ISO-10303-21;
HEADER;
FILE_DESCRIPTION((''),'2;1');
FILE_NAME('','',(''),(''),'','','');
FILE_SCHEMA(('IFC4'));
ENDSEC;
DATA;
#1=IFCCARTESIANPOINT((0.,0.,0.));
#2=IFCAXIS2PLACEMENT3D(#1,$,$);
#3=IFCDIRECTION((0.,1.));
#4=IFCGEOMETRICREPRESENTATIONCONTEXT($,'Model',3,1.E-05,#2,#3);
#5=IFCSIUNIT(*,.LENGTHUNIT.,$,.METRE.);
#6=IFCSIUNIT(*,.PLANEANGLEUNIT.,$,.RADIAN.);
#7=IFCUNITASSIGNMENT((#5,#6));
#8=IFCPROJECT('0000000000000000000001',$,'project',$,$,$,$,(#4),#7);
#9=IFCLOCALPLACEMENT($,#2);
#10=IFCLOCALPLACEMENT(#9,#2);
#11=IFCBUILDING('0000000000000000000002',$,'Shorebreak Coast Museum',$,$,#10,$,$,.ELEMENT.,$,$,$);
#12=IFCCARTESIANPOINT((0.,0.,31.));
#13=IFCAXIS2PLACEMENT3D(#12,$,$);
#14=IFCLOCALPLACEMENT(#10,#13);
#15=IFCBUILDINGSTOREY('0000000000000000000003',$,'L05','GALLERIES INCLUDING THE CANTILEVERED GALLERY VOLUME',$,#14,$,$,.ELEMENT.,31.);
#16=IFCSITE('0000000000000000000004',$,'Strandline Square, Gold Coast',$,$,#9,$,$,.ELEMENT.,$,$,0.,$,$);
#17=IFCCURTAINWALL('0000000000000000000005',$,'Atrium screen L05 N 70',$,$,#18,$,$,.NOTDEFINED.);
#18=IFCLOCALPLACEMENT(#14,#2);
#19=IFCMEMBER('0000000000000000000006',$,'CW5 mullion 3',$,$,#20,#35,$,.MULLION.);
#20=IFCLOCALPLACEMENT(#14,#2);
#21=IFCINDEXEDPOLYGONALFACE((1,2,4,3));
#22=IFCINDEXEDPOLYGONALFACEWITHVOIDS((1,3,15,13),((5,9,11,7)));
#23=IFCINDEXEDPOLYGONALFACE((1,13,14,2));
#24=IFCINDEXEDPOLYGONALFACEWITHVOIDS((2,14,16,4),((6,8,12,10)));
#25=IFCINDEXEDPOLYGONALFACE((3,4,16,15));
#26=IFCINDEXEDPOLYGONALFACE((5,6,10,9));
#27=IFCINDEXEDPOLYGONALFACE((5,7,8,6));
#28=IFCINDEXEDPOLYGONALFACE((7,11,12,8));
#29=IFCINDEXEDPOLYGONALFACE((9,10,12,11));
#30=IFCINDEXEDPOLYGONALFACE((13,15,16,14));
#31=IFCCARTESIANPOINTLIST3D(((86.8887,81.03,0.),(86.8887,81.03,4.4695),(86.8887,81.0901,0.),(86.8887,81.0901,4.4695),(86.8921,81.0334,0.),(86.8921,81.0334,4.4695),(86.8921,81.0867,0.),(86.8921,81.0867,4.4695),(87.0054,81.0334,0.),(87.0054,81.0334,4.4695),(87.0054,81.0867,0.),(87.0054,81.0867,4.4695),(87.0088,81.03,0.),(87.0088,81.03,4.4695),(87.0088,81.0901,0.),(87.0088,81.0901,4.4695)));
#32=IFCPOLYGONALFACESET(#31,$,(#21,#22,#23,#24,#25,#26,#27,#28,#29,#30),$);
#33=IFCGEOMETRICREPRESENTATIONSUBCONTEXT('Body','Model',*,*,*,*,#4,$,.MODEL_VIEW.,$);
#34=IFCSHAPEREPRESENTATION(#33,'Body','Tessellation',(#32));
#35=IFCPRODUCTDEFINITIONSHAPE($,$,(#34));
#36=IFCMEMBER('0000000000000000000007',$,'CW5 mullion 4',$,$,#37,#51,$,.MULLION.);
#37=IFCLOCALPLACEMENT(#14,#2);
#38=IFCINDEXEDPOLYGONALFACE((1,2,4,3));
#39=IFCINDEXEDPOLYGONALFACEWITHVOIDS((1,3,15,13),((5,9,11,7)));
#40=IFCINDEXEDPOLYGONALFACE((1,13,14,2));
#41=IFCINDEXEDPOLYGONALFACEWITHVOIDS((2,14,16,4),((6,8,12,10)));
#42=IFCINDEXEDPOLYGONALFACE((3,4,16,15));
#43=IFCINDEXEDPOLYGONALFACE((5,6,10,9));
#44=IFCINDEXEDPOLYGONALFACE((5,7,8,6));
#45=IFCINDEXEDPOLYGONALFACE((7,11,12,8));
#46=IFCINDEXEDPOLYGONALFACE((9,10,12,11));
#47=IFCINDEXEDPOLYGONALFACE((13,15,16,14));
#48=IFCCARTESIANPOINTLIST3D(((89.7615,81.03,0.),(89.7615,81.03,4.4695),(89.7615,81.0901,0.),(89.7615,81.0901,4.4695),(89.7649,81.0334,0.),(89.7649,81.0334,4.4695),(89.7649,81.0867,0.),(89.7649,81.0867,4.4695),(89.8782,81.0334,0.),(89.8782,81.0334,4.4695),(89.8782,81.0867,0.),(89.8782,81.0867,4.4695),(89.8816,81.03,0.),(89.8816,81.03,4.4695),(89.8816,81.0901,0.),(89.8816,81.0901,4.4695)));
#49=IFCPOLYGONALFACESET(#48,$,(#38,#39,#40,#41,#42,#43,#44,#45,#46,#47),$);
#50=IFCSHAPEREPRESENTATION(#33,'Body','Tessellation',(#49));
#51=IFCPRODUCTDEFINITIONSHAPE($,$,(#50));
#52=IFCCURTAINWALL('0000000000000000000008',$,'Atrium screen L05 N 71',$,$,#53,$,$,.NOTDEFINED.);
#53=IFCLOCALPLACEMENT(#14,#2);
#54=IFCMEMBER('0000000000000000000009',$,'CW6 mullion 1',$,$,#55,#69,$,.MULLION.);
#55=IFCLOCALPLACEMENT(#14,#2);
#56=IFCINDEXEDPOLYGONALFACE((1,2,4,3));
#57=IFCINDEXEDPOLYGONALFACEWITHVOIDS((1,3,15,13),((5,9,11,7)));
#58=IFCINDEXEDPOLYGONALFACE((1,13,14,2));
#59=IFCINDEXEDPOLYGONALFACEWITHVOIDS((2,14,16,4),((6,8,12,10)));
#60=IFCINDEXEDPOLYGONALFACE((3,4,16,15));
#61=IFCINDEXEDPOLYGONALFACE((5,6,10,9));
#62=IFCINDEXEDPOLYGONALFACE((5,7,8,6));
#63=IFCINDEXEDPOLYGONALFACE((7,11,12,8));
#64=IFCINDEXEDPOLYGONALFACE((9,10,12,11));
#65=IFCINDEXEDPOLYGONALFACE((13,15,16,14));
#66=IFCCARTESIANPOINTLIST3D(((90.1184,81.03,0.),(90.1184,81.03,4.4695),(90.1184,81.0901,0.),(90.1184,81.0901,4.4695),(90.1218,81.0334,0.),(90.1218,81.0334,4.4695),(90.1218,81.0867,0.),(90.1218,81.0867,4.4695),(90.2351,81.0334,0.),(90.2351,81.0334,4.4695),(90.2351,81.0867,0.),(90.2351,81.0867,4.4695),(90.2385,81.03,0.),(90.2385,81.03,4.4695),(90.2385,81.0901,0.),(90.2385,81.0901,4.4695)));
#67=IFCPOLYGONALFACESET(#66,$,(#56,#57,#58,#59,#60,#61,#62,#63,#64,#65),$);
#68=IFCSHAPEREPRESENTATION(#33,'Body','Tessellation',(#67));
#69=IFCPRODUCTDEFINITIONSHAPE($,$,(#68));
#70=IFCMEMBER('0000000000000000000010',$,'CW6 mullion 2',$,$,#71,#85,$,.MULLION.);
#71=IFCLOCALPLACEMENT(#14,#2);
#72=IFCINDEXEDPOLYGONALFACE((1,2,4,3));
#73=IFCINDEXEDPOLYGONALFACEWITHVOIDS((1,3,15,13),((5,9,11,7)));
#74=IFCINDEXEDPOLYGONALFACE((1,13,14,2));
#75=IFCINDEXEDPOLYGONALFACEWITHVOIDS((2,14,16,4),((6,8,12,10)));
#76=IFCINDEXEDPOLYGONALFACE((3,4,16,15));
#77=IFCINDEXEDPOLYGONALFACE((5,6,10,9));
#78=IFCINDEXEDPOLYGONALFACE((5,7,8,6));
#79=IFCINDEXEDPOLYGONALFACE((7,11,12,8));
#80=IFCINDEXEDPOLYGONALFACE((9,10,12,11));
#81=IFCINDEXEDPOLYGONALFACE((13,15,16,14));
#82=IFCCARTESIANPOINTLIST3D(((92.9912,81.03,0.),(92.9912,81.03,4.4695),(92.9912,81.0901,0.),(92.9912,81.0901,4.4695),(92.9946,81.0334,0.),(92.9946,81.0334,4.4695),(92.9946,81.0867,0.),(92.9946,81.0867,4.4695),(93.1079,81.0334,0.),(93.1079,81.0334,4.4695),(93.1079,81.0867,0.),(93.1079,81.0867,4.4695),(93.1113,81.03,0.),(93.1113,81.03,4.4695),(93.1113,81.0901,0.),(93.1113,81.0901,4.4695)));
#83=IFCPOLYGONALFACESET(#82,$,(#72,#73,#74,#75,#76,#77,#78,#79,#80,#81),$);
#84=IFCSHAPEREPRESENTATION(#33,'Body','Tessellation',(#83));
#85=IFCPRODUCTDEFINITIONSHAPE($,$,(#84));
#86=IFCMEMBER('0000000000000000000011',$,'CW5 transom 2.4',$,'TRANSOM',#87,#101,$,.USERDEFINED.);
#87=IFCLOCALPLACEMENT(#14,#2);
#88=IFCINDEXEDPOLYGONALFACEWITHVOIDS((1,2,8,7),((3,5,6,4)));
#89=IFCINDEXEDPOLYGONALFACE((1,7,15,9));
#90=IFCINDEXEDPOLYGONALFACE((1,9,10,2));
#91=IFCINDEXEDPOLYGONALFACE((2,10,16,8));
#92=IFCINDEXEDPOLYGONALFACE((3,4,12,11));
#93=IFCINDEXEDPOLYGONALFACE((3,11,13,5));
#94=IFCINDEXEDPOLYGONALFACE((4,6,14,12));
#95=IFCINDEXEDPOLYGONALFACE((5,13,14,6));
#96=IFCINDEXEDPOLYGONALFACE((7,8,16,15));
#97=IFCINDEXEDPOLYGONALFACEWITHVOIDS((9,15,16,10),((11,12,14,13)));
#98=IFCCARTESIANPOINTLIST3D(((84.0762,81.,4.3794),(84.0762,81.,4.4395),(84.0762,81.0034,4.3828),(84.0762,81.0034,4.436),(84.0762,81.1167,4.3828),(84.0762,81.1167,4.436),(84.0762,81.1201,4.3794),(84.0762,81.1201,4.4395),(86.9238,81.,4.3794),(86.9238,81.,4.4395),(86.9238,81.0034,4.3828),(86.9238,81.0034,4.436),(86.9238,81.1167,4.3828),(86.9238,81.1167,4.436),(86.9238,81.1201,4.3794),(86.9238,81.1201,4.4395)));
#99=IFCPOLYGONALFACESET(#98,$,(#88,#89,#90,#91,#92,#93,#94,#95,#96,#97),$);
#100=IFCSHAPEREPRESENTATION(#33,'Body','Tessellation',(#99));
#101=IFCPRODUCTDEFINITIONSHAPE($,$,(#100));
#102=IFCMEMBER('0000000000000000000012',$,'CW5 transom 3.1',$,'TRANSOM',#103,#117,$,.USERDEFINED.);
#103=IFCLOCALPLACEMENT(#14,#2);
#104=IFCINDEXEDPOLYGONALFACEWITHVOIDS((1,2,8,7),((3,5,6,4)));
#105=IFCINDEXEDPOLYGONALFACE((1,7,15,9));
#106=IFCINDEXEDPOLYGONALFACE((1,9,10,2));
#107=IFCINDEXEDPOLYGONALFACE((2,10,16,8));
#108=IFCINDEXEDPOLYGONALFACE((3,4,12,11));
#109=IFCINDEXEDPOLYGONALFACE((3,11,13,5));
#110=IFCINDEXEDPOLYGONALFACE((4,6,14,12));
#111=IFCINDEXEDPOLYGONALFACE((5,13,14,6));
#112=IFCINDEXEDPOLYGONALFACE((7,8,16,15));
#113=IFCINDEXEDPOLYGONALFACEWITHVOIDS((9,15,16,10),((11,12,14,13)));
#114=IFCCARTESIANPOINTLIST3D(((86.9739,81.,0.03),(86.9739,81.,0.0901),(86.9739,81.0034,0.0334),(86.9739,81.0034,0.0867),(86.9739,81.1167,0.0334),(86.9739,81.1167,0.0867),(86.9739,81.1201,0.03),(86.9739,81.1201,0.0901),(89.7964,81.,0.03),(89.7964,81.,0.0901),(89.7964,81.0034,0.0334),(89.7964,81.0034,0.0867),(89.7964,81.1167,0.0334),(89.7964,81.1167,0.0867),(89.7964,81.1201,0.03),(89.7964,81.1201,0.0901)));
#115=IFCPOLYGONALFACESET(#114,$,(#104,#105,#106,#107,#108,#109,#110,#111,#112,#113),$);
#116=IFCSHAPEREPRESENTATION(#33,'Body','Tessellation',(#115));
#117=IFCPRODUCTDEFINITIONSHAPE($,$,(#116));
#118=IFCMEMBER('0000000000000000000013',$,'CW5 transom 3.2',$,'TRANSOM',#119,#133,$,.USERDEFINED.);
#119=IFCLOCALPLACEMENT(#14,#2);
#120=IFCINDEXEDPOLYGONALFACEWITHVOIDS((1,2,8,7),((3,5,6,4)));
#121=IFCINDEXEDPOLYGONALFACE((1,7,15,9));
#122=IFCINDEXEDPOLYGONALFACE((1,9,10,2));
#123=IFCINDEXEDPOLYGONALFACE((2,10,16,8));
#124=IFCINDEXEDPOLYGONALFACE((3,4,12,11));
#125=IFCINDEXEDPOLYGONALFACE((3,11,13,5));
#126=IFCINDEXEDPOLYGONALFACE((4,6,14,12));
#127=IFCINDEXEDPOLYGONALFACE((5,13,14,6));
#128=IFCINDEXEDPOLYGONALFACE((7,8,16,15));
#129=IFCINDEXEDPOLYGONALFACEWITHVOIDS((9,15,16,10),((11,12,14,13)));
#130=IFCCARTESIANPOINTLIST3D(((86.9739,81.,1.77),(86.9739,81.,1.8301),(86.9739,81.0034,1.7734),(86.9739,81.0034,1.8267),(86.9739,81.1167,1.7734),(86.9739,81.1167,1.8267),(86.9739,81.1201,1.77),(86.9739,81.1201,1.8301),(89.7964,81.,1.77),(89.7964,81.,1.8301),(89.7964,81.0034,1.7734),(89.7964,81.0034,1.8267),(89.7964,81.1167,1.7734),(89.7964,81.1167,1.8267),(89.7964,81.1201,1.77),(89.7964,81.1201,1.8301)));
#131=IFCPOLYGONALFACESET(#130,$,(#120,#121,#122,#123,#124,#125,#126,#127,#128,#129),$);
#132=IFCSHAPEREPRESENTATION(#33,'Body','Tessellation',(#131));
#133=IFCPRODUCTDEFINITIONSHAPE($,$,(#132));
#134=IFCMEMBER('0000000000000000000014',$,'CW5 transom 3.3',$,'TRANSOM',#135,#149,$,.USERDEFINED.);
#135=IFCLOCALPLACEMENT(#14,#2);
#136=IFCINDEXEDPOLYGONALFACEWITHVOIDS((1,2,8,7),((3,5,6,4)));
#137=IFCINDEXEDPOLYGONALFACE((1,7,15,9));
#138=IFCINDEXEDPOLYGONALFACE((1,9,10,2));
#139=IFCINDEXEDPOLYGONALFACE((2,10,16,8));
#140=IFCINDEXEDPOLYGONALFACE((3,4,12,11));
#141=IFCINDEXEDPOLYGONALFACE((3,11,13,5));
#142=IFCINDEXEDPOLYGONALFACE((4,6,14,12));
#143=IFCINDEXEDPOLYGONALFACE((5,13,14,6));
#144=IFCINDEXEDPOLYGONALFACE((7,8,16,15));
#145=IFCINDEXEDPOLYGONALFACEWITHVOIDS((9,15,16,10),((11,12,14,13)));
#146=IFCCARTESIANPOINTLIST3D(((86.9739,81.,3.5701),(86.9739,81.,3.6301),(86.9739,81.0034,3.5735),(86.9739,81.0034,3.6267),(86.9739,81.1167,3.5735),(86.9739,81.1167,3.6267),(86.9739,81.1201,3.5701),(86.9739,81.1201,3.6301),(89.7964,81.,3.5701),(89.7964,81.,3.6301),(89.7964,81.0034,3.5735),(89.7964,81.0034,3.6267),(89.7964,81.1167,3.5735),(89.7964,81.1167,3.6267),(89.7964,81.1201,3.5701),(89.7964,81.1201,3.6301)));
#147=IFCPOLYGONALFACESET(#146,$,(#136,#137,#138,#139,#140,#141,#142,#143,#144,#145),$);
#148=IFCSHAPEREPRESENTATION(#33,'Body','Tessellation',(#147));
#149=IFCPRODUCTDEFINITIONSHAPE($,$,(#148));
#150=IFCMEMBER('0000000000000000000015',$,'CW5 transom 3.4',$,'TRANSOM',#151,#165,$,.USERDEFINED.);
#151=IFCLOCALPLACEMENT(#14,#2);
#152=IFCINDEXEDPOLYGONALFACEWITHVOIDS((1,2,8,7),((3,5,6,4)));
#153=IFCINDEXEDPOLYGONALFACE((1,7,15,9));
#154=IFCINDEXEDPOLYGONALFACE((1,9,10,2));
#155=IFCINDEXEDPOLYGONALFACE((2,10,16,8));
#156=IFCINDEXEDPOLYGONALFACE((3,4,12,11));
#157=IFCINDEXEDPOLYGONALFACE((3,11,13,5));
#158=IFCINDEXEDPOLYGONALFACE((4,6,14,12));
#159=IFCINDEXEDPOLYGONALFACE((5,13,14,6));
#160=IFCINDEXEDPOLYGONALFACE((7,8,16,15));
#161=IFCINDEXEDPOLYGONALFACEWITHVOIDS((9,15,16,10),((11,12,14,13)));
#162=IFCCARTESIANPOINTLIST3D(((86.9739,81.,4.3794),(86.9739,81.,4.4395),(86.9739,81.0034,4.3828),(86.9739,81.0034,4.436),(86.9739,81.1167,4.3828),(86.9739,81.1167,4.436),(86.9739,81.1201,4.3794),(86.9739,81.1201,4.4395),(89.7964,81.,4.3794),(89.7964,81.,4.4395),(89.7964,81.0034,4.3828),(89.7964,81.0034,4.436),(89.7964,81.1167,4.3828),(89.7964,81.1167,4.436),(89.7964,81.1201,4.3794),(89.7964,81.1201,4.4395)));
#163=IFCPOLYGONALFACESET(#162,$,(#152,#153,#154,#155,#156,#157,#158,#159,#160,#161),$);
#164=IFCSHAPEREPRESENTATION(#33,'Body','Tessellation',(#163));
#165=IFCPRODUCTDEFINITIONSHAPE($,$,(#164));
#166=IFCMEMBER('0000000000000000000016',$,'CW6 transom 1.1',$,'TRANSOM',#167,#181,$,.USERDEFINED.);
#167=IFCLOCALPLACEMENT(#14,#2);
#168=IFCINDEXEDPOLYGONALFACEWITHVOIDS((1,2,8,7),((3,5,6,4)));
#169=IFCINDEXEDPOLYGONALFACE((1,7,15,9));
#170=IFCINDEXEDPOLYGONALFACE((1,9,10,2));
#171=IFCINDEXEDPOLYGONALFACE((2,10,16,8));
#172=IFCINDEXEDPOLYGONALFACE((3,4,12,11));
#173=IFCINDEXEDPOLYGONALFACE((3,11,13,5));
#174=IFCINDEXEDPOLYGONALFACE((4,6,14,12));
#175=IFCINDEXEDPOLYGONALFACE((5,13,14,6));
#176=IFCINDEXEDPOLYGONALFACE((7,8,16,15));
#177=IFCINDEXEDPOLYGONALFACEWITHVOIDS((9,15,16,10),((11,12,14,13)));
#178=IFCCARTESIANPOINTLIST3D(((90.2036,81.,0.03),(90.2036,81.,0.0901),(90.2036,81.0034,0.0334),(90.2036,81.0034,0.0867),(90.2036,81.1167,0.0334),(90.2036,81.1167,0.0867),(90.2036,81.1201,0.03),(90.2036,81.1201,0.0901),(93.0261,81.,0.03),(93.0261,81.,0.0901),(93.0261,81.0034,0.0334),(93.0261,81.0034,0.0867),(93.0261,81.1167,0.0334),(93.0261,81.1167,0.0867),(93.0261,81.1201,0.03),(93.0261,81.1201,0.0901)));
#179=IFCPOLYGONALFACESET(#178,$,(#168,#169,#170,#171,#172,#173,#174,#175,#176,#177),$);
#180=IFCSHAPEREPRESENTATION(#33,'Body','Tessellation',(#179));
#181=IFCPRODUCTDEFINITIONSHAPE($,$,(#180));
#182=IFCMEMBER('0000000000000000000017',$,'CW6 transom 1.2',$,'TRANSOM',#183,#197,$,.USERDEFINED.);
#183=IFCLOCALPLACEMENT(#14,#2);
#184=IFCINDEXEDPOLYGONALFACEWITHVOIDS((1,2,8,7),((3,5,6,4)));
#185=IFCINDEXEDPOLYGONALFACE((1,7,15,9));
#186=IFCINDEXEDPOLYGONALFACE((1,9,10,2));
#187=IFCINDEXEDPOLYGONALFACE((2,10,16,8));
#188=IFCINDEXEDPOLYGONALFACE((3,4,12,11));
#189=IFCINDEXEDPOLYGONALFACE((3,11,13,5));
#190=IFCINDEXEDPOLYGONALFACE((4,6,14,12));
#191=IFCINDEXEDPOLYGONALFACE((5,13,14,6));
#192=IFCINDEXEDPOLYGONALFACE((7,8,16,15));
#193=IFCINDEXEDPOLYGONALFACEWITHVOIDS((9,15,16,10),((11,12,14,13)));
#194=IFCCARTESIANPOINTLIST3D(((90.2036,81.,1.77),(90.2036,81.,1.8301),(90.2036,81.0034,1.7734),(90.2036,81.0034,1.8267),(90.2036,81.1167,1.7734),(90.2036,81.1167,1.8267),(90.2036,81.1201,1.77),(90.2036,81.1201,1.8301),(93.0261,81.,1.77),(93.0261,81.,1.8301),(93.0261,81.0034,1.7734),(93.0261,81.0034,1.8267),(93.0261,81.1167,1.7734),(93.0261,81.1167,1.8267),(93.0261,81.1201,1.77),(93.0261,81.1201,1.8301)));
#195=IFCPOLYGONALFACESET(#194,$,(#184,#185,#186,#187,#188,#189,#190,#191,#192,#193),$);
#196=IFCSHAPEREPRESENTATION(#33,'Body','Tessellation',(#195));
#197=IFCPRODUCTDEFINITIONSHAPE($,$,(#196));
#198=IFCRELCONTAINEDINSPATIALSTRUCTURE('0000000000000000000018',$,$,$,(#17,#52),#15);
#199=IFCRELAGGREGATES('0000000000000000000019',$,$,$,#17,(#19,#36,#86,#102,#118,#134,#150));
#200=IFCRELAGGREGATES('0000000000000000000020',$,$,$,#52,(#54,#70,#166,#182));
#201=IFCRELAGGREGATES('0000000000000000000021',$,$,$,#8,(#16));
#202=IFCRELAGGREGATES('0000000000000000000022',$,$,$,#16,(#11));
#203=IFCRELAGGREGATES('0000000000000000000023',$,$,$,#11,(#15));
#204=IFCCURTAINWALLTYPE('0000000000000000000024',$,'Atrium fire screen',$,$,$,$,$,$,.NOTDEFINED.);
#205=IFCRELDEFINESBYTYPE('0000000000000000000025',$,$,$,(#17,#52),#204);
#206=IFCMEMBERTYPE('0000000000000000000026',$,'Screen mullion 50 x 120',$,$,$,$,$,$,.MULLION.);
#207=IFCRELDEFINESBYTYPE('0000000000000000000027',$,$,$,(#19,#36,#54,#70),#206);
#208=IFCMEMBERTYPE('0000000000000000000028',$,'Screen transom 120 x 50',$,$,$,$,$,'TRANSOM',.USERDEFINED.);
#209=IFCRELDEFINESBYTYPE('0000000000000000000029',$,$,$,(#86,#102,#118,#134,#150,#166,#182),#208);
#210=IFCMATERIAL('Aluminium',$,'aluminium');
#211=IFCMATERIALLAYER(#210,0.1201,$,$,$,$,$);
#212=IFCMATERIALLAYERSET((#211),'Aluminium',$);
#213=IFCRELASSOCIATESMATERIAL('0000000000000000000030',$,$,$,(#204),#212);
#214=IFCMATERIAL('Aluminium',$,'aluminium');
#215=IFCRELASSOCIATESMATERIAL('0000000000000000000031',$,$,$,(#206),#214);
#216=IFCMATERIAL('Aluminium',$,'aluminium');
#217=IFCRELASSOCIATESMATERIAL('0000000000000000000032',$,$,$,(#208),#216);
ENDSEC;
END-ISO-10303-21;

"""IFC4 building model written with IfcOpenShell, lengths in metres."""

from ifc_helpers import new_model, si_unit, direction, frame, origin, origin_2d, place, context, subcontext, project, spatial, hollow_rectangle, extrude, material, layer, layer_set, material_profile, profile_set, type_object, element, aggregate, save


model = new_model("IFC4")

# Units and contexts
model_context = context("Model", 3, precision=1e-05, world=origin(), true_north=direction((0.0, 1.0)))
body_context = subcontext(model_context, "Body", "Model", "MODEL_VIEW")
ifc_project = project(units=[si_unit("LENGTHUNIT", "METRE"), si_unit("PLANEANGLEUNIT", "RADIAN")], contexts=[model_context])

# Site, building, storey
site_placement = place(None, origin())
site = spatial("IfcSite", under=ifc_project, at=site_placement, Name="Strandline Square, Gold Coast", CompositionType="ELEMENT", RefElevation=0.0)
building_placement = place(site_placement, origin())
building = spatial("IfcBuilding", under=site, at=building_placement, Name="Shorebreak Coast Museum", CompositionType="ELEMENT")
storey_placement = place(building_placement, frame((0.0, 0.0, 31.0)))
storey = spatial("IfcBuildingStorey", under=building, at=storey_placement, Name="L05", Description="GALLERIES INCLUDING THE CANTILEVERED GALLERY VOLUME", CompositionType="ELEMENT", Elevation=31.0)

# Curtain walls, members
ifc_material_1 = material(Name="Aluminium", Category="aluminium")
ifc_layer_1 = layer(ifc_material_1, 0.1201)
ifc_layer_set_1 = layer_set([ifc_layer_1], Name="Aluminium")
curtain_wall_type = type_object("IfcCurtainWallType", Name="Atrium fire screen", PredefinedType="NOTDEFINED", material=ifc_layer_set_1)
curtain_wall_1_placement = place(storey_placement, origin())
curtain_wall_1 = element("IfcCurtainWall", 1, at=curtain_wall_1_placement, inside=storey, type_object=curtain_wall_type, Name="Atrium screen L05 N 70", PredefinedType="NOTDEFINED")
ifc_material_2 = material(Name="Aluminium", Category="aluminium")
ifc_material_profile_1 = material_profile(ifc_material_2, hollow_rectangle(XDim=0.0601, YDim=0.1201, WallThickness=0.0034, at=origin_2d()), Name="AL 120x60 RHS")
ifc_profile_set_1 = profile_set([ifc_material_profile_1], Name="Aluminium")
member_type_1 = type_object("IfcMemberType", Name="Screen mullion 50 x 120", PredefinedType="MULLION", material=ifc_profile_set_1)
member_1_placement = place(storey_placement, frame((86.9487, 81.0601, 0.0), z_axis=(0.0, 0.0, 1.0), x_axis=(0.0, 1.0, 0.0)))
member_1 = element("IfcMember", 2, at=member_1_placement, type_object=member_type_1, Name="CW5 mullion 3", PredefinedType="MULLION", context=body_context, shape_type="SweptSolid", body=[
    extrude(hollow_rectangle(XDim=0.0601, YDim=0.1201, WallThickness=0.0034, at=origin_2d()), origin(), (0.0, 0.0, 1.0), 4.4695),
])
member_2_placement = place(storey_placement, frame((89.8215, 81.0601, 0.0), z_axis=(0.0, 0.0, 1.0), x_axis=(0.0, 1.0, 0.0)))
member_2 = element("IfcMember", 3, at=member_2_placement, type_object=member_type_1, Name="CW5 mullion 4", PredefinedType="MULLION", context=body_context, shape_type="SweptSolid", body=[
    extrude(hollow_rectangle(XDim=0.0601, YDim=0.1201, WallThickness=0.0034, at=origin_2d()), origin(), (0.0, 0.0, 1.0), 4.4695),
])
curtain_wall_2_placement = place(storey_placement, origin())
curtain_wall_2 = element("IfcCurtainWall", 4, at=curtain_wall_2_placement, inside=storey, type_object=curtain_wall_type, Name="Atrium screen L05 N 71", PredefinedType="NOTDEFINED")
member_3_placement = place(storey_placement, frame((90.1785, 81.0601, 0.0), z_axis=(0.0, 0.0, 1.0), x_axis=(0.0, 1.0, 0.0)))
member_3 = element("IfcMember", 5, at=member_3_placement, type_object=member_type_1, Name="CW6 mullion 1", PredefinedType="MULLION", context=body_context, shape_type="SweptSolid", body=[
    extrude(hollow_rectangle(XDim=0.0601, YDim=0.1201, WallThickness=0.0034, at=origin_2d()), origin(), (0.0, 0.0, 1.0), 4.4695),
])
member_4_placement = place(storey_placement, frame((93.0513, 81.0601, 0.0), z_axis=(0.0, 0.0, 1.0), x_axis=(0.0, 1.0, 0.0)))
member_4 = element("IfcMember", 6, at=member_4_placement, type_object=member_type_1, Name="CW6 mullion 2", PredefinedType="MULLION", context=body_context, shape_type="SweptSolid", body=[
    extrude(hollow_rectangle(XDim=0.0601, YDim=0.1201, WallThickness=0.0034, at=origin_2d()), origin(), (0.0, 0.0, 1.0), 4.4695),
])

# Members
ifc_material_3 = material(Name="Aluminium", Category="aluminium")
ifc_material_profile_2 = material_profile(ifc_material_3, hollow_rectangle(XDim=0.1201, YDim=0.0601, WallThickness=0.0034, at=origin_2d()), Name="AL 60x120 RHS")
ifc_profile_set_2 = profile_set([ifc_material_profile_2], Name="Aluminium")
member_type_2 = type_object("IfcMemberType", Name="Screen transom 120 x 50", ElementType="TRANSOM", PredefinedType="USERDEFINED", material=ifc_profile_set_2)
member_5_placement = place(storey_placement, frame((84.0762, 81.0601, 4.4094), z_axis=(1.0, 0.0, 0.0), x_axis=(0.0, 1.0, 0.0)))
member_5 = element("IfcMember", 7, at=member_5_placement, type_object=member_type_2, Name="CW5 transom 2.4", ObjectType="TRANSOM", PredefinedType="USERDEFINED", context=body_context, shape_type="SweptSolid", body=[
    extrude(hollow_rectangle(XDim=0.1201, YDim=0.0601, WallThickness=0.0034, at=origin_2d()), origin(), (0.0, 0.0, 1.0), 2.8477),
])
member_6_placement = place(storey_placement, frame((86.9739, 81.0601, 0.0601), z_axis=(1.0, 0.0, 0.0), x_axis=(0.0, 1.0, 0.0)))
member_6 = element("IfcMember", 8, at=member_6_placement, type_object=member_type_2, Name="CW5 transom 3.1", ObjectType="TRANSOM", PredefinedType="USERDEFINED", context=body_context, shape_type="SweptSolid", body=[
    extrude(hollow_rectangle(XDim=0.1201, YDim=0.0601, WallThickness=0.0034, at=origin_2d()), origin(), (0.0, 0.0, 1.0), 2.8225),
])
member_7_placement = place(storey_placement, frame((86.9739, 81.0601, 1.8), z_axis=(1.0, 0.0, 0.0), x_axis=(0.0, 1.0, 0.0)))
member_7 = element("IfcMember", 9, at=member_7_placement, type_object=member_type_2, Name="CW5 transom 3.2", ObjectType="TRANSOM", PredefinedType="USERDEFINED", context=body_context, shape_type="SweptSolid", body=[
    extrude(hollow_rectangle(XDim=0.1201, YDim=0.0601, WallThickness=0.0034, at=origin_2d()), origin(), (0.0, 0.0, 1.0), 2.8225),
])
member_8_placement = place(storey_placement, frame((86.9739, 81.0601, 3.6001), z_axis=(1.0, 0.0, 0.0), x_axis=(0.0, 1.0, 0.0)))
member_8 = element("IfcMember", 10, at=member_8_placement, type_object=member_type_2, Name="CW5 transom 3.3", ObjectType="TRANSOM", PredefinedType="USERDEFINED", context=body_context, shape_type="SweptSolid", body=[
    extrude(hollow_rectangle(XDim=0.1201, YDim=0.0601, WallThickness=0.0034, at=origin_2d()), origin(), (0.0, 0.0, 1.0), 2.8225),
])
member_9_placement = place(storey_placement, frame((86.9739, 81.0601, 4.4094), z_axis=(1.0, 0.0, 0.0), x_axis=(0.0, 1.0, 0.0)))
member_9 = element("IfcMember", 11, at=member_9_placement, type_object=member_type_2, Name="CW5 transom 3.4", ObjectType="TRANSOM", PredefinedType="USERDEFINED", context=body_context, shape_type="SweptSolid", body=[
    extrude(hollow_rectangle(XDim=0.1201, YDim=0.0601, WallThickness=0.0034, at=origin_2d()), origin(), (0.0, 0.0, 1.0), 2.8225),
])
member_10_placement = place(storey_placement, frame((90.2036, 81.0601, 0.0601), z_axis=(1.0, 0.0, 0.0), x_axis=(0.0, 1.0, 0.0)))
member_10 = element("IfcMember", 12, at=member_10_placement, type_object=member_type_2, Name="CW6 transom 1.1", ObjectType="TRANSOM", PredefinedType="USERDEFINED", context=body_context, shape_type="SweptSolid", body=[
    extrude(hollow_rectangle(XDim=0.1201, YDim=0.0601, WallThickness=0.0034, at=origin_2d()), origin(), (0.0, 0.0, 1.0), 2.8225),
])
member_11_placement = place(storey_placement, frame((90.2036, 81.0601, 1.8), z_axis=(1.0, 0.0, 0.0), x_axis=(0.0, 1.0, 0.0)))
member_11 = element("IfcMember", 13, at=member_11_placement, type_object=member_type_2, Name="CW6 transom 1.2", ObjectType="TRANSOM", PredefinedType="USERDEFINED", context=body_context, shape_type="SweptSolid", body=[
    extrude(hollow_rectangle(XDim=0.1201, YDim=0.0601, WallThickness=0.0034, at=origin_2d()), origin(), (0.0, 0.0, 1.0), 2.8225),
])

aggregate(curtain_wall_1, [member_1, member_2, member_5, member_6, member_7, member_8, member_9])
aggregate(curtain_wall_2, [member_3, member_4, member_10, member_11])

save(model, "model.ifc")
